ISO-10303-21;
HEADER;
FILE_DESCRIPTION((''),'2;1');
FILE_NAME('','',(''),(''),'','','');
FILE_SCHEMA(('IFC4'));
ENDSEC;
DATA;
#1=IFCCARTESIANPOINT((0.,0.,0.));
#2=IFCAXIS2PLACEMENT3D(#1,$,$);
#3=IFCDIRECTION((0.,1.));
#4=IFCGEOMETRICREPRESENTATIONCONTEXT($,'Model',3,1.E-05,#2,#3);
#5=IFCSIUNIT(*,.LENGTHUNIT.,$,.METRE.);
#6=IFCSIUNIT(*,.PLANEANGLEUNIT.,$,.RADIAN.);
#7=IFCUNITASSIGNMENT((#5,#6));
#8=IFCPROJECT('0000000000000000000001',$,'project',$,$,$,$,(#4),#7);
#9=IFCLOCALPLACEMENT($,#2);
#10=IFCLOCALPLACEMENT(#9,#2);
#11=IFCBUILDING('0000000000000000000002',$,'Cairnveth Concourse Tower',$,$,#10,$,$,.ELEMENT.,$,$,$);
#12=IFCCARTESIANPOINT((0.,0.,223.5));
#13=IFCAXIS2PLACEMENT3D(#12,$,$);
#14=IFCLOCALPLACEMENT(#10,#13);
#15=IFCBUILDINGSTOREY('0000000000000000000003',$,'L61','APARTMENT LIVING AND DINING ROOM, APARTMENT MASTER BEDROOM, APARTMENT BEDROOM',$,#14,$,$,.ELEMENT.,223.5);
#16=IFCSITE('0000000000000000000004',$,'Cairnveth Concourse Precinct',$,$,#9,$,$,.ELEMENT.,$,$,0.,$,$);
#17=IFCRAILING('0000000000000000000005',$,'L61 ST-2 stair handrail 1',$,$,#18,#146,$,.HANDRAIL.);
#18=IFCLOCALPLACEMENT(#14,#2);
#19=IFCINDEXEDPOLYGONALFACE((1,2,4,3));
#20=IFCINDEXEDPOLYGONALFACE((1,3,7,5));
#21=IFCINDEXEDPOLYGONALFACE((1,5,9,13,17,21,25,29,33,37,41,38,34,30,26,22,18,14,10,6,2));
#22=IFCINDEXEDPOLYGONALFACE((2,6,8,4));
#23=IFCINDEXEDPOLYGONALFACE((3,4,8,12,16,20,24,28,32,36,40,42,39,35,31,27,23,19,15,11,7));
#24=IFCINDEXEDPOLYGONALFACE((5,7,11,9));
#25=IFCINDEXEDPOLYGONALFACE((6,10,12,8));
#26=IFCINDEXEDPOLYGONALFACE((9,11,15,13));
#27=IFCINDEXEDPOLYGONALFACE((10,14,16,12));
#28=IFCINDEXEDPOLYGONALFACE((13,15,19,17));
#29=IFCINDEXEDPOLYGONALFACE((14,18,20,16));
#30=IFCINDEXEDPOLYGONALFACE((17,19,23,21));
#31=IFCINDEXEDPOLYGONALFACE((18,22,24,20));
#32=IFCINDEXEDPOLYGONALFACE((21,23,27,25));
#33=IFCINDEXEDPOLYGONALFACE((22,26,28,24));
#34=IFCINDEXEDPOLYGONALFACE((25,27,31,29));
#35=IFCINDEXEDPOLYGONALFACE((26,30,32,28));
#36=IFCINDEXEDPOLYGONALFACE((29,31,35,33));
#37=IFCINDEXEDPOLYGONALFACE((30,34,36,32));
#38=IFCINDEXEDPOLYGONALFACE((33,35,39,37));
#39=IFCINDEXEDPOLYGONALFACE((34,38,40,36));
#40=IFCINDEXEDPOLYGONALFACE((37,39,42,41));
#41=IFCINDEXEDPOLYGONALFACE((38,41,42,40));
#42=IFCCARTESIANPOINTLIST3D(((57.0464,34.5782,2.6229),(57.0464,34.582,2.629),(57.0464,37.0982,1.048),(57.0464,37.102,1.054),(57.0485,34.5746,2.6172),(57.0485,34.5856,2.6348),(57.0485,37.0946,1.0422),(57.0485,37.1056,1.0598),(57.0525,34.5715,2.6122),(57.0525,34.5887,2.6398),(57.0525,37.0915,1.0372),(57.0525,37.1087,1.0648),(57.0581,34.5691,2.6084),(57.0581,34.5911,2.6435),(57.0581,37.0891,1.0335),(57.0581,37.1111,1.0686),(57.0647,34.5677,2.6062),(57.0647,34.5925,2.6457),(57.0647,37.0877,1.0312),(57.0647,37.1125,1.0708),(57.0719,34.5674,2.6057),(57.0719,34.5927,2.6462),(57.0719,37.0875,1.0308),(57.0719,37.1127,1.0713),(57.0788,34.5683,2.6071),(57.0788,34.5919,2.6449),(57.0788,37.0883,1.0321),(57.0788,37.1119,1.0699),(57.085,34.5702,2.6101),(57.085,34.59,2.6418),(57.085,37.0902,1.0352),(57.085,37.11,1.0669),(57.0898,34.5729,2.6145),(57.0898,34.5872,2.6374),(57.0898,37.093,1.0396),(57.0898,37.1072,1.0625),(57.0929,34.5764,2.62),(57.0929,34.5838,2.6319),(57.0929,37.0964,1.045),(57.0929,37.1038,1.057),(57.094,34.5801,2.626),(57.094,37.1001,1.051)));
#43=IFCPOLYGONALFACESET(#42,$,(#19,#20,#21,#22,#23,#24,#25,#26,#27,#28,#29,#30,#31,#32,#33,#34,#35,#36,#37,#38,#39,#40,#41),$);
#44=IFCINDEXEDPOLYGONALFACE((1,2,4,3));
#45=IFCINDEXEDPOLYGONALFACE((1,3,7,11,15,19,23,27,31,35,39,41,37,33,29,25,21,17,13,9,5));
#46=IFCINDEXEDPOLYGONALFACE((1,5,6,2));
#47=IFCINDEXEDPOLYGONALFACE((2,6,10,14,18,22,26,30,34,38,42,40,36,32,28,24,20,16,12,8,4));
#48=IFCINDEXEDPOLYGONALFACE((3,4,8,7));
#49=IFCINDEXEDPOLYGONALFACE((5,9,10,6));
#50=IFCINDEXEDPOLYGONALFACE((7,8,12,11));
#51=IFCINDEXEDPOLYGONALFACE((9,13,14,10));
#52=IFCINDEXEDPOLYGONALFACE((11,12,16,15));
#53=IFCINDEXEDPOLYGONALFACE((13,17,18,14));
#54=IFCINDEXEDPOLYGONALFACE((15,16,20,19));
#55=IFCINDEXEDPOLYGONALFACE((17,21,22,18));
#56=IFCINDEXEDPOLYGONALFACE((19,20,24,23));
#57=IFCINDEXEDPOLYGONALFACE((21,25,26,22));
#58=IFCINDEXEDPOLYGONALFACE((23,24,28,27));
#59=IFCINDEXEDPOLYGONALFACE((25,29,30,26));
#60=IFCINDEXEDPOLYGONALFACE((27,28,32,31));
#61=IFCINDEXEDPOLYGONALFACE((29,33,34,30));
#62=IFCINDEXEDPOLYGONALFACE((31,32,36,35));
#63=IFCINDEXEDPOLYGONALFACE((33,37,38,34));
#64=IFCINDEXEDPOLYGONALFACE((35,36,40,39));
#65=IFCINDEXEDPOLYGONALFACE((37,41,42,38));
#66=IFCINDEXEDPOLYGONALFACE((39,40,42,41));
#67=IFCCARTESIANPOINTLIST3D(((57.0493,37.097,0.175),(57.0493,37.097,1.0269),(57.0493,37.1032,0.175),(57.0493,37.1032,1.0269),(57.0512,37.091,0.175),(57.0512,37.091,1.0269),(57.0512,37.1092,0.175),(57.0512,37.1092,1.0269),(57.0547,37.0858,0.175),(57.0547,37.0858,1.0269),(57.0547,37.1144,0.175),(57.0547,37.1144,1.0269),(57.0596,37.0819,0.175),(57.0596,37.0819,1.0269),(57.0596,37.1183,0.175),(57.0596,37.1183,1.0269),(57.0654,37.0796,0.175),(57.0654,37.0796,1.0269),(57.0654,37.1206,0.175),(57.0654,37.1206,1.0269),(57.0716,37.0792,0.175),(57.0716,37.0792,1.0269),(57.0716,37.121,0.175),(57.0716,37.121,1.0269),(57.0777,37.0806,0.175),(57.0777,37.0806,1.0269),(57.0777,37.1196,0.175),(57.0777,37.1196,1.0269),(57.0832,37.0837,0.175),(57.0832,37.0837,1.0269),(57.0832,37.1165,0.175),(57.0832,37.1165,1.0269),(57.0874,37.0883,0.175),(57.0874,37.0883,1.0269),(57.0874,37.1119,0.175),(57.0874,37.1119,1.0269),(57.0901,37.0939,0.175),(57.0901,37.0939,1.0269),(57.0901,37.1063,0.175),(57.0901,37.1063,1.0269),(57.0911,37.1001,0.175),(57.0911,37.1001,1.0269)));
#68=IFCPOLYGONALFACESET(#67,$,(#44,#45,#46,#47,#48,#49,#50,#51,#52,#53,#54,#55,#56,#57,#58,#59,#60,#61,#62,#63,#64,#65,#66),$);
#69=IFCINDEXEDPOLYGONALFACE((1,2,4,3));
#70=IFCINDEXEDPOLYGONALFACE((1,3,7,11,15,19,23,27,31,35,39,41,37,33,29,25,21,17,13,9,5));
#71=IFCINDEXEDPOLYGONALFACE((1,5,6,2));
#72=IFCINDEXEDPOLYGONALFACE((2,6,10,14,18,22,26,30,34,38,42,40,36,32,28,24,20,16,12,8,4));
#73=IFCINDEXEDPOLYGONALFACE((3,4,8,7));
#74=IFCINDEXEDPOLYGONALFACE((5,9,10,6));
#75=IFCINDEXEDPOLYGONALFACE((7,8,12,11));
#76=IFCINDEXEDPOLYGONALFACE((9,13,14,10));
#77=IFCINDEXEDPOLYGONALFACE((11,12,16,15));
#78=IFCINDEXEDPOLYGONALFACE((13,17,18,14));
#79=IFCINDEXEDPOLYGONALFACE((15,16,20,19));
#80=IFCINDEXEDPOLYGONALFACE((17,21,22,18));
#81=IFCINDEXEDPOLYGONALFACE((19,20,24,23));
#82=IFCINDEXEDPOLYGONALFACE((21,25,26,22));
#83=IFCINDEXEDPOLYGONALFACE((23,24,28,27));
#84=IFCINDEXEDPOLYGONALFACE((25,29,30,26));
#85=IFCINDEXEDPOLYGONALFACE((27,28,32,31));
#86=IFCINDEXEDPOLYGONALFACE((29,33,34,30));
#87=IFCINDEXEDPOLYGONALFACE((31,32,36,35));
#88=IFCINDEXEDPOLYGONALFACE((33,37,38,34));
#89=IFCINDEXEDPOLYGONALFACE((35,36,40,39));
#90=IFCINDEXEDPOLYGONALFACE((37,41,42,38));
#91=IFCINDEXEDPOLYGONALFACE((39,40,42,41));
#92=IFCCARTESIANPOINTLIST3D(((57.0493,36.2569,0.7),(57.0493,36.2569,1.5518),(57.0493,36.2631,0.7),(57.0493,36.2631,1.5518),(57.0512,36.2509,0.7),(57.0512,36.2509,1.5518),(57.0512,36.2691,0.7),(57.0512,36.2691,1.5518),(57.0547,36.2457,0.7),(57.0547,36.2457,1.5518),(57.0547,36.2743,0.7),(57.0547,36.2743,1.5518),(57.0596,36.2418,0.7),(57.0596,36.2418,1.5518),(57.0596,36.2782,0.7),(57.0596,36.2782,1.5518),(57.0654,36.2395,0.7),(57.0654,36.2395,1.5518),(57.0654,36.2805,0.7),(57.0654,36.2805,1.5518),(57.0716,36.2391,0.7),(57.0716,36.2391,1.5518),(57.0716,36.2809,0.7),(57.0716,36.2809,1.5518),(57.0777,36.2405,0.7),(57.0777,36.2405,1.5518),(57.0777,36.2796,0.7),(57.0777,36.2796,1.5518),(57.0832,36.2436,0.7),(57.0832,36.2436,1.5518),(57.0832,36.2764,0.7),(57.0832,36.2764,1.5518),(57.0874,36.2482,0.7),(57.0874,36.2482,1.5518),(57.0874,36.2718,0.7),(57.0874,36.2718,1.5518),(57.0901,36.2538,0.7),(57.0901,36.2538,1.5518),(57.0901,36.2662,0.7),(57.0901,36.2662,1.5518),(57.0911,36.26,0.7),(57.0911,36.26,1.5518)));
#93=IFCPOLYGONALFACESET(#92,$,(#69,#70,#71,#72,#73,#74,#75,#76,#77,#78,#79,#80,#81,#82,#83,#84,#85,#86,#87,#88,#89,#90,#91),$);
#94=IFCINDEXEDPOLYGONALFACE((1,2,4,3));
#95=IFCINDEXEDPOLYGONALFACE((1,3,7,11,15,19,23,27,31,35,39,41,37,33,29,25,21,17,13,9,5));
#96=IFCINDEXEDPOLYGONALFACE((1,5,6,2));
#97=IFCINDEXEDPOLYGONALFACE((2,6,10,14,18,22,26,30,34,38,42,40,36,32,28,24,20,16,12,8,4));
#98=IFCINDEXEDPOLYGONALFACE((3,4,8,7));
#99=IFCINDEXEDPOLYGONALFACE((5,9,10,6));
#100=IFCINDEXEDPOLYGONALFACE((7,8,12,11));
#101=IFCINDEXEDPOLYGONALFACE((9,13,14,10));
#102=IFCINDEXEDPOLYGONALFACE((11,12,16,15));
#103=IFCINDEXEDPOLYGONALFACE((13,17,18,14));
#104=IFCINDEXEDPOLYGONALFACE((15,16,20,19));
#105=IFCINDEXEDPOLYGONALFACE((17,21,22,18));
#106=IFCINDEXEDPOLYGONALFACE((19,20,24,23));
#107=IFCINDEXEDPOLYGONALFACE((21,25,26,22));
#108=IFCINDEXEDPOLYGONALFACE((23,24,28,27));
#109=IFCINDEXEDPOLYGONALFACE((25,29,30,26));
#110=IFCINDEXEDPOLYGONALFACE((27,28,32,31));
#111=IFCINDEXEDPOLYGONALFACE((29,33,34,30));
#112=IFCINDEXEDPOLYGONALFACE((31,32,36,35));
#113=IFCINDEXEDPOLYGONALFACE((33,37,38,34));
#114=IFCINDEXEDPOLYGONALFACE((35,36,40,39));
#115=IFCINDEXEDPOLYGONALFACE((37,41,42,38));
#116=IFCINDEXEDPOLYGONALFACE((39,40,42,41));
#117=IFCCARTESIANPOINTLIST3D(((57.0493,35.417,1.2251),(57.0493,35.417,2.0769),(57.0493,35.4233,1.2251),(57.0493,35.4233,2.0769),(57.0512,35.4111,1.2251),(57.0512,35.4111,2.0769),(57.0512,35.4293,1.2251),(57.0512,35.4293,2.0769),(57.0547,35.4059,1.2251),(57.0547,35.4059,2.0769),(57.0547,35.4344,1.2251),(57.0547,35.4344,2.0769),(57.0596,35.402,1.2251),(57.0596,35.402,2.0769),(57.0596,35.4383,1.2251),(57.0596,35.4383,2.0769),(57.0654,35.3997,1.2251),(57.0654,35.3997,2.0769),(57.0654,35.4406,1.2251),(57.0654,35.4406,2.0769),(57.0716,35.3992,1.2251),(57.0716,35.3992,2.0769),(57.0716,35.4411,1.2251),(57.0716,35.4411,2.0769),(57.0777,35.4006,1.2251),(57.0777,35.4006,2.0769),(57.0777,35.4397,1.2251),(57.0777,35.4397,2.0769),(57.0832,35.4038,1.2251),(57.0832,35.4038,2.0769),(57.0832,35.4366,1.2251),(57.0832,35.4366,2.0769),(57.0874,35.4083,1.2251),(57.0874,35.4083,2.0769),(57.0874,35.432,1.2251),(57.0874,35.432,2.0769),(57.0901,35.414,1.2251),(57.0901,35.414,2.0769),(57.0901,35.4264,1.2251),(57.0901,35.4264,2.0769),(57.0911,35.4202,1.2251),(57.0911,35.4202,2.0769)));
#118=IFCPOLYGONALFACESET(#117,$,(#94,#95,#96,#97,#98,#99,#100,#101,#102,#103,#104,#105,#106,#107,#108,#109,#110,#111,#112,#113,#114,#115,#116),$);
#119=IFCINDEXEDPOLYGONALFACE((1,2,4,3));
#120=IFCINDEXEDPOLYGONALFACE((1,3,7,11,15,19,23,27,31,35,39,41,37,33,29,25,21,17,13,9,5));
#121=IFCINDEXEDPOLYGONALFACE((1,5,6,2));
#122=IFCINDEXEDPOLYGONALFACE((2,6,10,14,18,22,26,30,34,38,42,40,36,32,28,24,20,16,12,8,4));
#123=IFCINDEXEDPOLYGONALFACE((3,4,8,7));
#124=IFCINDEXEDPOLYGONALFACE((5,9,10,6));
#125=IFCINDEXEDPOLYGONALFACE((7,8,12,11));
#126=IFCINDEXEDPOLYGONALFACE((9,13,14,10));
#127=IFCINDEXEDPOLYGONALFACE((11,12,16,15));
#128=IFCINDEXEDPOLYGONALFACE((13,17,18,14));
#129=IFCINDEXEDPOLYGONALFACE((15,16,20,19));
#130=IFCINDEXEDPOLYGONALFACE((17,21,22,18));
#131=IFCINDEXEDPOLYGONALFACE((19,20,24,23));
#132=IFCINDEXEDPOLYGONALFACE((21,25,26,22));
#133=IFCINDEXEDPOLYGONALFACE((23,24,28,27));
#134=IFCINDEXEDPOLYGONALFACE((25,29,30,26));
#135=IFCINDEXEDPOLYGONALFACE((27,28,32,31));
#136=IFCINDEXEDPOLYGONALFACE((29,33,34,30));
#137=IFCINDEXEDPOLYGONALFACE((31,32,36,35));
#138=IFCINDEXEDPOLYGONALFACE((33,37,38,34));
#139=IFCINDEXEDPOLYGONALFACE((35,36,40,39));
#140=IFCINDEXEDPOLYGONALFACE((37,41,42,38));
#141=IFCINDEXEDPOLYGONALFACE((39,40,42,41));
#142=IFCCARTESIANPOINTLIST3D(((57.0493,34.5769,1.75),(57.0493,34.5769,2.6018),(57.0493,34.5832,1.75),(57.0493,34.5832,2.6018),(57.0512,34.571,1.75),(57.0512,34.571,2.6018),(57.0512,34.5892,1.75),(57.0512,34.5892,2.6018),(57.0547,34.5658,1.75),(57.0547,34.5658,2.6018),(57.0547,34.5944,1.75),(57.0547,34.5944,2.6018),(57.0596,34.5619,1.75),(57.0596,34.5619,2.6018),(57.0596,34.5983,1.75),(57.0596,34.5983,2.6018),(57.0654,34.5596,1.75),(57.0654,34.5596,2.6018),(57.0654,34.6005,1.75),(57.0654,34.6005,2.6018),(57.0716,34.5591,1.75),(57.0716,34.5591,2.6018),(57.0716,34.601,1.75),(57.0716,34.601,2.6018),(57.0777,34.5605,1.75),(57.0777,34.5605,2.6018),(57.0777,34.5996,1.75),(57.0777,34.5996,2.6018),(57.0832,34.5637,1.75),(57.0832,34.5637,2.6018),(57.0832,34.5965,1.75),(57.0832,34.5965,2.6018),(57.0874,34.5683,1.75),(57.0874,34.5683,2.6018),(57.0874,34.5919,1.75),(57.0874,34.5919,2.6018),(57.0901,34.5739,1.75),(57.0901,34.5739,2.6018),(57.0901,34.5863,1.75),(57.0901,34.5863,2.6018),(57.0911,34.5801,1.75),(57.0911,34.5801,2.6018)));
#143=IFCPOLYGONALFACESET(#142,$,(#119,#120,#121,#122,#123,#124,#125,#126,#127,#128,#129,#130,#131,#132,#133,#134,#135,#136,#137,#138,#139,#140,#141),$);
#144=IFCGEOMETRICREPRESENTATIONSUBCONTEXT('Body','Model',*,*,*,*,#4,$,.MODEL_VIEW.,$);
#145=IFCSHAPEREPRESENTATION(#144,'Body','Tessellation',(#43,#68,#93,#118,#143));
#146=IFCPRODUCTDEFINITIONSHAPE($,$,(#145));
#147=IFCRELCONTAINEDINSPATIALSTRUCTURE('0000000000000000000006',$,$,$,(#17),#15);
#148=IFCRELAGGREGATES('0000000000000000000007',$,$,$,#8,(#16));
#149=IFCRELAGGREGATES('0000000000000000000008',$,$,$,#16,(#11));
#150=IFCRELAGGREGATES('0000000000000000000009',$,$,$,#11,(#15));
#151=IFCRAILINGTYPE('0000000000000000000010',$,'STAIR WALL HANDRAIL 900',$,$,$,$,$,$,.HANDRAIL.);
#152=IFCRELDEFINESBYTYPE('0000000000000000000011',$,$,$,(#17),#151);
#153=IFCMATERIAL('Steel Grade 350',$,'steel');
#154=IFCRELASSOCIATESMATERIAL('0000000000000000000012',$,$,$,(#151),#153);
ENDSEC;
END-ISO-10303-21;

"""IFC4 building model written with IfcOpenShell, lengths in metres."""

from ifc_helpers import new_model, si_unit, direction, frame, origin, origin_2d, place, context, subcontext, project, spatial, circle, extrude, material, type_object, element, save


model = new_model("IFC4")

# Units and contexts
model_context = context("Model", 3, precision=1e-05, world=origin(), true_north=direction((0.0, 1.0)))
body_context = subcontext(model_context, "Body", "Model", "MODEL_VIEW")
ifc_project = project(units=[si_unit("LENGTHUNIT", "METRE"), si_unit("PLANEANGLEUNIT", "RADIAN")], contexts=[model_context])

# Site, building, storey
site_placement = place(None, origin())
site = spatial("IfcSite", under=ifc_project, at=site_placement, Name="Cairnveth Concourse Precinct", CompositionType="ELEMENT", RefElevation=0.0)
building_placement = place(site_placement, origin())
building = spatial("IfcBuilding", under=site, at=building_placement, Name="Cairnveth Concourse Tower", CompositionType="ELEMENT")
storey_placement = place(building_placement, frame((0.0, 0.0, 223.5)))
storey = spatial("IfcBuildingStorey", under=building, at=storey_placement, Name="L61", Description="APARTMENT LIVING AND DINING ROOM, APARTMENT MASTER BEDROOM, APARTMENT BEDROOM", CompositionType="ELEMENT", Elevation=223.5)

# Shared definitions
ifc_material_1 = material(Name="Steel Grade 350", Category="steel")

# Railing
railing_type_1 = type_object("IfcRailingType", Name="STAIR WALL HANDRAIL 900", PredefinedType="HANDRAIL", material=ifc_material_1)
railing_1_placement = place(storey_placement, frame((57.0701, 37.1001, 0.175)))
element("IfcRailing", 1, at=railing_1_placement, inside=storey, type_object=railing_type_1, Name="L61 ST-2 stair handrail 1", PredefinedType="HANDRAIL", context=body_context, shape_type="SweptSolid", body=[
    extrude(circle(Radius=0.0239, at=origin_2d()), frame((0.0, 0.0, 0.876), z_axis=(0.0, -0.848008, 0.529984), x_axis=(1.0, 0.0, 0.0)), (0.0, 0.0, 1.0), 2.9717),
    extrude(circle(Radius=0.021, at=origin_2d()), origin(), (0.0, 0.0, 1.0), 0.8518),
    extrude(circle(Radius=0.021, at=origin_2d()), frame((0.0, -0.8401, 0.5249)), (0.0, 0.0, 1.0), 0.8518),
    extrude(circle(Radius=0.021, at=origin_2d()), frame((0.0, -1.6799, 1.05)), (0.0, 0.0, 1.0), 0.8518),
    extrude(circle(Radius=0.021, at=origin_2d()), frame((0.0, -2.52, 1.575)), (0.0, 0.0, 1.0), 0.8518),
])

save(model, "model.ifc")
